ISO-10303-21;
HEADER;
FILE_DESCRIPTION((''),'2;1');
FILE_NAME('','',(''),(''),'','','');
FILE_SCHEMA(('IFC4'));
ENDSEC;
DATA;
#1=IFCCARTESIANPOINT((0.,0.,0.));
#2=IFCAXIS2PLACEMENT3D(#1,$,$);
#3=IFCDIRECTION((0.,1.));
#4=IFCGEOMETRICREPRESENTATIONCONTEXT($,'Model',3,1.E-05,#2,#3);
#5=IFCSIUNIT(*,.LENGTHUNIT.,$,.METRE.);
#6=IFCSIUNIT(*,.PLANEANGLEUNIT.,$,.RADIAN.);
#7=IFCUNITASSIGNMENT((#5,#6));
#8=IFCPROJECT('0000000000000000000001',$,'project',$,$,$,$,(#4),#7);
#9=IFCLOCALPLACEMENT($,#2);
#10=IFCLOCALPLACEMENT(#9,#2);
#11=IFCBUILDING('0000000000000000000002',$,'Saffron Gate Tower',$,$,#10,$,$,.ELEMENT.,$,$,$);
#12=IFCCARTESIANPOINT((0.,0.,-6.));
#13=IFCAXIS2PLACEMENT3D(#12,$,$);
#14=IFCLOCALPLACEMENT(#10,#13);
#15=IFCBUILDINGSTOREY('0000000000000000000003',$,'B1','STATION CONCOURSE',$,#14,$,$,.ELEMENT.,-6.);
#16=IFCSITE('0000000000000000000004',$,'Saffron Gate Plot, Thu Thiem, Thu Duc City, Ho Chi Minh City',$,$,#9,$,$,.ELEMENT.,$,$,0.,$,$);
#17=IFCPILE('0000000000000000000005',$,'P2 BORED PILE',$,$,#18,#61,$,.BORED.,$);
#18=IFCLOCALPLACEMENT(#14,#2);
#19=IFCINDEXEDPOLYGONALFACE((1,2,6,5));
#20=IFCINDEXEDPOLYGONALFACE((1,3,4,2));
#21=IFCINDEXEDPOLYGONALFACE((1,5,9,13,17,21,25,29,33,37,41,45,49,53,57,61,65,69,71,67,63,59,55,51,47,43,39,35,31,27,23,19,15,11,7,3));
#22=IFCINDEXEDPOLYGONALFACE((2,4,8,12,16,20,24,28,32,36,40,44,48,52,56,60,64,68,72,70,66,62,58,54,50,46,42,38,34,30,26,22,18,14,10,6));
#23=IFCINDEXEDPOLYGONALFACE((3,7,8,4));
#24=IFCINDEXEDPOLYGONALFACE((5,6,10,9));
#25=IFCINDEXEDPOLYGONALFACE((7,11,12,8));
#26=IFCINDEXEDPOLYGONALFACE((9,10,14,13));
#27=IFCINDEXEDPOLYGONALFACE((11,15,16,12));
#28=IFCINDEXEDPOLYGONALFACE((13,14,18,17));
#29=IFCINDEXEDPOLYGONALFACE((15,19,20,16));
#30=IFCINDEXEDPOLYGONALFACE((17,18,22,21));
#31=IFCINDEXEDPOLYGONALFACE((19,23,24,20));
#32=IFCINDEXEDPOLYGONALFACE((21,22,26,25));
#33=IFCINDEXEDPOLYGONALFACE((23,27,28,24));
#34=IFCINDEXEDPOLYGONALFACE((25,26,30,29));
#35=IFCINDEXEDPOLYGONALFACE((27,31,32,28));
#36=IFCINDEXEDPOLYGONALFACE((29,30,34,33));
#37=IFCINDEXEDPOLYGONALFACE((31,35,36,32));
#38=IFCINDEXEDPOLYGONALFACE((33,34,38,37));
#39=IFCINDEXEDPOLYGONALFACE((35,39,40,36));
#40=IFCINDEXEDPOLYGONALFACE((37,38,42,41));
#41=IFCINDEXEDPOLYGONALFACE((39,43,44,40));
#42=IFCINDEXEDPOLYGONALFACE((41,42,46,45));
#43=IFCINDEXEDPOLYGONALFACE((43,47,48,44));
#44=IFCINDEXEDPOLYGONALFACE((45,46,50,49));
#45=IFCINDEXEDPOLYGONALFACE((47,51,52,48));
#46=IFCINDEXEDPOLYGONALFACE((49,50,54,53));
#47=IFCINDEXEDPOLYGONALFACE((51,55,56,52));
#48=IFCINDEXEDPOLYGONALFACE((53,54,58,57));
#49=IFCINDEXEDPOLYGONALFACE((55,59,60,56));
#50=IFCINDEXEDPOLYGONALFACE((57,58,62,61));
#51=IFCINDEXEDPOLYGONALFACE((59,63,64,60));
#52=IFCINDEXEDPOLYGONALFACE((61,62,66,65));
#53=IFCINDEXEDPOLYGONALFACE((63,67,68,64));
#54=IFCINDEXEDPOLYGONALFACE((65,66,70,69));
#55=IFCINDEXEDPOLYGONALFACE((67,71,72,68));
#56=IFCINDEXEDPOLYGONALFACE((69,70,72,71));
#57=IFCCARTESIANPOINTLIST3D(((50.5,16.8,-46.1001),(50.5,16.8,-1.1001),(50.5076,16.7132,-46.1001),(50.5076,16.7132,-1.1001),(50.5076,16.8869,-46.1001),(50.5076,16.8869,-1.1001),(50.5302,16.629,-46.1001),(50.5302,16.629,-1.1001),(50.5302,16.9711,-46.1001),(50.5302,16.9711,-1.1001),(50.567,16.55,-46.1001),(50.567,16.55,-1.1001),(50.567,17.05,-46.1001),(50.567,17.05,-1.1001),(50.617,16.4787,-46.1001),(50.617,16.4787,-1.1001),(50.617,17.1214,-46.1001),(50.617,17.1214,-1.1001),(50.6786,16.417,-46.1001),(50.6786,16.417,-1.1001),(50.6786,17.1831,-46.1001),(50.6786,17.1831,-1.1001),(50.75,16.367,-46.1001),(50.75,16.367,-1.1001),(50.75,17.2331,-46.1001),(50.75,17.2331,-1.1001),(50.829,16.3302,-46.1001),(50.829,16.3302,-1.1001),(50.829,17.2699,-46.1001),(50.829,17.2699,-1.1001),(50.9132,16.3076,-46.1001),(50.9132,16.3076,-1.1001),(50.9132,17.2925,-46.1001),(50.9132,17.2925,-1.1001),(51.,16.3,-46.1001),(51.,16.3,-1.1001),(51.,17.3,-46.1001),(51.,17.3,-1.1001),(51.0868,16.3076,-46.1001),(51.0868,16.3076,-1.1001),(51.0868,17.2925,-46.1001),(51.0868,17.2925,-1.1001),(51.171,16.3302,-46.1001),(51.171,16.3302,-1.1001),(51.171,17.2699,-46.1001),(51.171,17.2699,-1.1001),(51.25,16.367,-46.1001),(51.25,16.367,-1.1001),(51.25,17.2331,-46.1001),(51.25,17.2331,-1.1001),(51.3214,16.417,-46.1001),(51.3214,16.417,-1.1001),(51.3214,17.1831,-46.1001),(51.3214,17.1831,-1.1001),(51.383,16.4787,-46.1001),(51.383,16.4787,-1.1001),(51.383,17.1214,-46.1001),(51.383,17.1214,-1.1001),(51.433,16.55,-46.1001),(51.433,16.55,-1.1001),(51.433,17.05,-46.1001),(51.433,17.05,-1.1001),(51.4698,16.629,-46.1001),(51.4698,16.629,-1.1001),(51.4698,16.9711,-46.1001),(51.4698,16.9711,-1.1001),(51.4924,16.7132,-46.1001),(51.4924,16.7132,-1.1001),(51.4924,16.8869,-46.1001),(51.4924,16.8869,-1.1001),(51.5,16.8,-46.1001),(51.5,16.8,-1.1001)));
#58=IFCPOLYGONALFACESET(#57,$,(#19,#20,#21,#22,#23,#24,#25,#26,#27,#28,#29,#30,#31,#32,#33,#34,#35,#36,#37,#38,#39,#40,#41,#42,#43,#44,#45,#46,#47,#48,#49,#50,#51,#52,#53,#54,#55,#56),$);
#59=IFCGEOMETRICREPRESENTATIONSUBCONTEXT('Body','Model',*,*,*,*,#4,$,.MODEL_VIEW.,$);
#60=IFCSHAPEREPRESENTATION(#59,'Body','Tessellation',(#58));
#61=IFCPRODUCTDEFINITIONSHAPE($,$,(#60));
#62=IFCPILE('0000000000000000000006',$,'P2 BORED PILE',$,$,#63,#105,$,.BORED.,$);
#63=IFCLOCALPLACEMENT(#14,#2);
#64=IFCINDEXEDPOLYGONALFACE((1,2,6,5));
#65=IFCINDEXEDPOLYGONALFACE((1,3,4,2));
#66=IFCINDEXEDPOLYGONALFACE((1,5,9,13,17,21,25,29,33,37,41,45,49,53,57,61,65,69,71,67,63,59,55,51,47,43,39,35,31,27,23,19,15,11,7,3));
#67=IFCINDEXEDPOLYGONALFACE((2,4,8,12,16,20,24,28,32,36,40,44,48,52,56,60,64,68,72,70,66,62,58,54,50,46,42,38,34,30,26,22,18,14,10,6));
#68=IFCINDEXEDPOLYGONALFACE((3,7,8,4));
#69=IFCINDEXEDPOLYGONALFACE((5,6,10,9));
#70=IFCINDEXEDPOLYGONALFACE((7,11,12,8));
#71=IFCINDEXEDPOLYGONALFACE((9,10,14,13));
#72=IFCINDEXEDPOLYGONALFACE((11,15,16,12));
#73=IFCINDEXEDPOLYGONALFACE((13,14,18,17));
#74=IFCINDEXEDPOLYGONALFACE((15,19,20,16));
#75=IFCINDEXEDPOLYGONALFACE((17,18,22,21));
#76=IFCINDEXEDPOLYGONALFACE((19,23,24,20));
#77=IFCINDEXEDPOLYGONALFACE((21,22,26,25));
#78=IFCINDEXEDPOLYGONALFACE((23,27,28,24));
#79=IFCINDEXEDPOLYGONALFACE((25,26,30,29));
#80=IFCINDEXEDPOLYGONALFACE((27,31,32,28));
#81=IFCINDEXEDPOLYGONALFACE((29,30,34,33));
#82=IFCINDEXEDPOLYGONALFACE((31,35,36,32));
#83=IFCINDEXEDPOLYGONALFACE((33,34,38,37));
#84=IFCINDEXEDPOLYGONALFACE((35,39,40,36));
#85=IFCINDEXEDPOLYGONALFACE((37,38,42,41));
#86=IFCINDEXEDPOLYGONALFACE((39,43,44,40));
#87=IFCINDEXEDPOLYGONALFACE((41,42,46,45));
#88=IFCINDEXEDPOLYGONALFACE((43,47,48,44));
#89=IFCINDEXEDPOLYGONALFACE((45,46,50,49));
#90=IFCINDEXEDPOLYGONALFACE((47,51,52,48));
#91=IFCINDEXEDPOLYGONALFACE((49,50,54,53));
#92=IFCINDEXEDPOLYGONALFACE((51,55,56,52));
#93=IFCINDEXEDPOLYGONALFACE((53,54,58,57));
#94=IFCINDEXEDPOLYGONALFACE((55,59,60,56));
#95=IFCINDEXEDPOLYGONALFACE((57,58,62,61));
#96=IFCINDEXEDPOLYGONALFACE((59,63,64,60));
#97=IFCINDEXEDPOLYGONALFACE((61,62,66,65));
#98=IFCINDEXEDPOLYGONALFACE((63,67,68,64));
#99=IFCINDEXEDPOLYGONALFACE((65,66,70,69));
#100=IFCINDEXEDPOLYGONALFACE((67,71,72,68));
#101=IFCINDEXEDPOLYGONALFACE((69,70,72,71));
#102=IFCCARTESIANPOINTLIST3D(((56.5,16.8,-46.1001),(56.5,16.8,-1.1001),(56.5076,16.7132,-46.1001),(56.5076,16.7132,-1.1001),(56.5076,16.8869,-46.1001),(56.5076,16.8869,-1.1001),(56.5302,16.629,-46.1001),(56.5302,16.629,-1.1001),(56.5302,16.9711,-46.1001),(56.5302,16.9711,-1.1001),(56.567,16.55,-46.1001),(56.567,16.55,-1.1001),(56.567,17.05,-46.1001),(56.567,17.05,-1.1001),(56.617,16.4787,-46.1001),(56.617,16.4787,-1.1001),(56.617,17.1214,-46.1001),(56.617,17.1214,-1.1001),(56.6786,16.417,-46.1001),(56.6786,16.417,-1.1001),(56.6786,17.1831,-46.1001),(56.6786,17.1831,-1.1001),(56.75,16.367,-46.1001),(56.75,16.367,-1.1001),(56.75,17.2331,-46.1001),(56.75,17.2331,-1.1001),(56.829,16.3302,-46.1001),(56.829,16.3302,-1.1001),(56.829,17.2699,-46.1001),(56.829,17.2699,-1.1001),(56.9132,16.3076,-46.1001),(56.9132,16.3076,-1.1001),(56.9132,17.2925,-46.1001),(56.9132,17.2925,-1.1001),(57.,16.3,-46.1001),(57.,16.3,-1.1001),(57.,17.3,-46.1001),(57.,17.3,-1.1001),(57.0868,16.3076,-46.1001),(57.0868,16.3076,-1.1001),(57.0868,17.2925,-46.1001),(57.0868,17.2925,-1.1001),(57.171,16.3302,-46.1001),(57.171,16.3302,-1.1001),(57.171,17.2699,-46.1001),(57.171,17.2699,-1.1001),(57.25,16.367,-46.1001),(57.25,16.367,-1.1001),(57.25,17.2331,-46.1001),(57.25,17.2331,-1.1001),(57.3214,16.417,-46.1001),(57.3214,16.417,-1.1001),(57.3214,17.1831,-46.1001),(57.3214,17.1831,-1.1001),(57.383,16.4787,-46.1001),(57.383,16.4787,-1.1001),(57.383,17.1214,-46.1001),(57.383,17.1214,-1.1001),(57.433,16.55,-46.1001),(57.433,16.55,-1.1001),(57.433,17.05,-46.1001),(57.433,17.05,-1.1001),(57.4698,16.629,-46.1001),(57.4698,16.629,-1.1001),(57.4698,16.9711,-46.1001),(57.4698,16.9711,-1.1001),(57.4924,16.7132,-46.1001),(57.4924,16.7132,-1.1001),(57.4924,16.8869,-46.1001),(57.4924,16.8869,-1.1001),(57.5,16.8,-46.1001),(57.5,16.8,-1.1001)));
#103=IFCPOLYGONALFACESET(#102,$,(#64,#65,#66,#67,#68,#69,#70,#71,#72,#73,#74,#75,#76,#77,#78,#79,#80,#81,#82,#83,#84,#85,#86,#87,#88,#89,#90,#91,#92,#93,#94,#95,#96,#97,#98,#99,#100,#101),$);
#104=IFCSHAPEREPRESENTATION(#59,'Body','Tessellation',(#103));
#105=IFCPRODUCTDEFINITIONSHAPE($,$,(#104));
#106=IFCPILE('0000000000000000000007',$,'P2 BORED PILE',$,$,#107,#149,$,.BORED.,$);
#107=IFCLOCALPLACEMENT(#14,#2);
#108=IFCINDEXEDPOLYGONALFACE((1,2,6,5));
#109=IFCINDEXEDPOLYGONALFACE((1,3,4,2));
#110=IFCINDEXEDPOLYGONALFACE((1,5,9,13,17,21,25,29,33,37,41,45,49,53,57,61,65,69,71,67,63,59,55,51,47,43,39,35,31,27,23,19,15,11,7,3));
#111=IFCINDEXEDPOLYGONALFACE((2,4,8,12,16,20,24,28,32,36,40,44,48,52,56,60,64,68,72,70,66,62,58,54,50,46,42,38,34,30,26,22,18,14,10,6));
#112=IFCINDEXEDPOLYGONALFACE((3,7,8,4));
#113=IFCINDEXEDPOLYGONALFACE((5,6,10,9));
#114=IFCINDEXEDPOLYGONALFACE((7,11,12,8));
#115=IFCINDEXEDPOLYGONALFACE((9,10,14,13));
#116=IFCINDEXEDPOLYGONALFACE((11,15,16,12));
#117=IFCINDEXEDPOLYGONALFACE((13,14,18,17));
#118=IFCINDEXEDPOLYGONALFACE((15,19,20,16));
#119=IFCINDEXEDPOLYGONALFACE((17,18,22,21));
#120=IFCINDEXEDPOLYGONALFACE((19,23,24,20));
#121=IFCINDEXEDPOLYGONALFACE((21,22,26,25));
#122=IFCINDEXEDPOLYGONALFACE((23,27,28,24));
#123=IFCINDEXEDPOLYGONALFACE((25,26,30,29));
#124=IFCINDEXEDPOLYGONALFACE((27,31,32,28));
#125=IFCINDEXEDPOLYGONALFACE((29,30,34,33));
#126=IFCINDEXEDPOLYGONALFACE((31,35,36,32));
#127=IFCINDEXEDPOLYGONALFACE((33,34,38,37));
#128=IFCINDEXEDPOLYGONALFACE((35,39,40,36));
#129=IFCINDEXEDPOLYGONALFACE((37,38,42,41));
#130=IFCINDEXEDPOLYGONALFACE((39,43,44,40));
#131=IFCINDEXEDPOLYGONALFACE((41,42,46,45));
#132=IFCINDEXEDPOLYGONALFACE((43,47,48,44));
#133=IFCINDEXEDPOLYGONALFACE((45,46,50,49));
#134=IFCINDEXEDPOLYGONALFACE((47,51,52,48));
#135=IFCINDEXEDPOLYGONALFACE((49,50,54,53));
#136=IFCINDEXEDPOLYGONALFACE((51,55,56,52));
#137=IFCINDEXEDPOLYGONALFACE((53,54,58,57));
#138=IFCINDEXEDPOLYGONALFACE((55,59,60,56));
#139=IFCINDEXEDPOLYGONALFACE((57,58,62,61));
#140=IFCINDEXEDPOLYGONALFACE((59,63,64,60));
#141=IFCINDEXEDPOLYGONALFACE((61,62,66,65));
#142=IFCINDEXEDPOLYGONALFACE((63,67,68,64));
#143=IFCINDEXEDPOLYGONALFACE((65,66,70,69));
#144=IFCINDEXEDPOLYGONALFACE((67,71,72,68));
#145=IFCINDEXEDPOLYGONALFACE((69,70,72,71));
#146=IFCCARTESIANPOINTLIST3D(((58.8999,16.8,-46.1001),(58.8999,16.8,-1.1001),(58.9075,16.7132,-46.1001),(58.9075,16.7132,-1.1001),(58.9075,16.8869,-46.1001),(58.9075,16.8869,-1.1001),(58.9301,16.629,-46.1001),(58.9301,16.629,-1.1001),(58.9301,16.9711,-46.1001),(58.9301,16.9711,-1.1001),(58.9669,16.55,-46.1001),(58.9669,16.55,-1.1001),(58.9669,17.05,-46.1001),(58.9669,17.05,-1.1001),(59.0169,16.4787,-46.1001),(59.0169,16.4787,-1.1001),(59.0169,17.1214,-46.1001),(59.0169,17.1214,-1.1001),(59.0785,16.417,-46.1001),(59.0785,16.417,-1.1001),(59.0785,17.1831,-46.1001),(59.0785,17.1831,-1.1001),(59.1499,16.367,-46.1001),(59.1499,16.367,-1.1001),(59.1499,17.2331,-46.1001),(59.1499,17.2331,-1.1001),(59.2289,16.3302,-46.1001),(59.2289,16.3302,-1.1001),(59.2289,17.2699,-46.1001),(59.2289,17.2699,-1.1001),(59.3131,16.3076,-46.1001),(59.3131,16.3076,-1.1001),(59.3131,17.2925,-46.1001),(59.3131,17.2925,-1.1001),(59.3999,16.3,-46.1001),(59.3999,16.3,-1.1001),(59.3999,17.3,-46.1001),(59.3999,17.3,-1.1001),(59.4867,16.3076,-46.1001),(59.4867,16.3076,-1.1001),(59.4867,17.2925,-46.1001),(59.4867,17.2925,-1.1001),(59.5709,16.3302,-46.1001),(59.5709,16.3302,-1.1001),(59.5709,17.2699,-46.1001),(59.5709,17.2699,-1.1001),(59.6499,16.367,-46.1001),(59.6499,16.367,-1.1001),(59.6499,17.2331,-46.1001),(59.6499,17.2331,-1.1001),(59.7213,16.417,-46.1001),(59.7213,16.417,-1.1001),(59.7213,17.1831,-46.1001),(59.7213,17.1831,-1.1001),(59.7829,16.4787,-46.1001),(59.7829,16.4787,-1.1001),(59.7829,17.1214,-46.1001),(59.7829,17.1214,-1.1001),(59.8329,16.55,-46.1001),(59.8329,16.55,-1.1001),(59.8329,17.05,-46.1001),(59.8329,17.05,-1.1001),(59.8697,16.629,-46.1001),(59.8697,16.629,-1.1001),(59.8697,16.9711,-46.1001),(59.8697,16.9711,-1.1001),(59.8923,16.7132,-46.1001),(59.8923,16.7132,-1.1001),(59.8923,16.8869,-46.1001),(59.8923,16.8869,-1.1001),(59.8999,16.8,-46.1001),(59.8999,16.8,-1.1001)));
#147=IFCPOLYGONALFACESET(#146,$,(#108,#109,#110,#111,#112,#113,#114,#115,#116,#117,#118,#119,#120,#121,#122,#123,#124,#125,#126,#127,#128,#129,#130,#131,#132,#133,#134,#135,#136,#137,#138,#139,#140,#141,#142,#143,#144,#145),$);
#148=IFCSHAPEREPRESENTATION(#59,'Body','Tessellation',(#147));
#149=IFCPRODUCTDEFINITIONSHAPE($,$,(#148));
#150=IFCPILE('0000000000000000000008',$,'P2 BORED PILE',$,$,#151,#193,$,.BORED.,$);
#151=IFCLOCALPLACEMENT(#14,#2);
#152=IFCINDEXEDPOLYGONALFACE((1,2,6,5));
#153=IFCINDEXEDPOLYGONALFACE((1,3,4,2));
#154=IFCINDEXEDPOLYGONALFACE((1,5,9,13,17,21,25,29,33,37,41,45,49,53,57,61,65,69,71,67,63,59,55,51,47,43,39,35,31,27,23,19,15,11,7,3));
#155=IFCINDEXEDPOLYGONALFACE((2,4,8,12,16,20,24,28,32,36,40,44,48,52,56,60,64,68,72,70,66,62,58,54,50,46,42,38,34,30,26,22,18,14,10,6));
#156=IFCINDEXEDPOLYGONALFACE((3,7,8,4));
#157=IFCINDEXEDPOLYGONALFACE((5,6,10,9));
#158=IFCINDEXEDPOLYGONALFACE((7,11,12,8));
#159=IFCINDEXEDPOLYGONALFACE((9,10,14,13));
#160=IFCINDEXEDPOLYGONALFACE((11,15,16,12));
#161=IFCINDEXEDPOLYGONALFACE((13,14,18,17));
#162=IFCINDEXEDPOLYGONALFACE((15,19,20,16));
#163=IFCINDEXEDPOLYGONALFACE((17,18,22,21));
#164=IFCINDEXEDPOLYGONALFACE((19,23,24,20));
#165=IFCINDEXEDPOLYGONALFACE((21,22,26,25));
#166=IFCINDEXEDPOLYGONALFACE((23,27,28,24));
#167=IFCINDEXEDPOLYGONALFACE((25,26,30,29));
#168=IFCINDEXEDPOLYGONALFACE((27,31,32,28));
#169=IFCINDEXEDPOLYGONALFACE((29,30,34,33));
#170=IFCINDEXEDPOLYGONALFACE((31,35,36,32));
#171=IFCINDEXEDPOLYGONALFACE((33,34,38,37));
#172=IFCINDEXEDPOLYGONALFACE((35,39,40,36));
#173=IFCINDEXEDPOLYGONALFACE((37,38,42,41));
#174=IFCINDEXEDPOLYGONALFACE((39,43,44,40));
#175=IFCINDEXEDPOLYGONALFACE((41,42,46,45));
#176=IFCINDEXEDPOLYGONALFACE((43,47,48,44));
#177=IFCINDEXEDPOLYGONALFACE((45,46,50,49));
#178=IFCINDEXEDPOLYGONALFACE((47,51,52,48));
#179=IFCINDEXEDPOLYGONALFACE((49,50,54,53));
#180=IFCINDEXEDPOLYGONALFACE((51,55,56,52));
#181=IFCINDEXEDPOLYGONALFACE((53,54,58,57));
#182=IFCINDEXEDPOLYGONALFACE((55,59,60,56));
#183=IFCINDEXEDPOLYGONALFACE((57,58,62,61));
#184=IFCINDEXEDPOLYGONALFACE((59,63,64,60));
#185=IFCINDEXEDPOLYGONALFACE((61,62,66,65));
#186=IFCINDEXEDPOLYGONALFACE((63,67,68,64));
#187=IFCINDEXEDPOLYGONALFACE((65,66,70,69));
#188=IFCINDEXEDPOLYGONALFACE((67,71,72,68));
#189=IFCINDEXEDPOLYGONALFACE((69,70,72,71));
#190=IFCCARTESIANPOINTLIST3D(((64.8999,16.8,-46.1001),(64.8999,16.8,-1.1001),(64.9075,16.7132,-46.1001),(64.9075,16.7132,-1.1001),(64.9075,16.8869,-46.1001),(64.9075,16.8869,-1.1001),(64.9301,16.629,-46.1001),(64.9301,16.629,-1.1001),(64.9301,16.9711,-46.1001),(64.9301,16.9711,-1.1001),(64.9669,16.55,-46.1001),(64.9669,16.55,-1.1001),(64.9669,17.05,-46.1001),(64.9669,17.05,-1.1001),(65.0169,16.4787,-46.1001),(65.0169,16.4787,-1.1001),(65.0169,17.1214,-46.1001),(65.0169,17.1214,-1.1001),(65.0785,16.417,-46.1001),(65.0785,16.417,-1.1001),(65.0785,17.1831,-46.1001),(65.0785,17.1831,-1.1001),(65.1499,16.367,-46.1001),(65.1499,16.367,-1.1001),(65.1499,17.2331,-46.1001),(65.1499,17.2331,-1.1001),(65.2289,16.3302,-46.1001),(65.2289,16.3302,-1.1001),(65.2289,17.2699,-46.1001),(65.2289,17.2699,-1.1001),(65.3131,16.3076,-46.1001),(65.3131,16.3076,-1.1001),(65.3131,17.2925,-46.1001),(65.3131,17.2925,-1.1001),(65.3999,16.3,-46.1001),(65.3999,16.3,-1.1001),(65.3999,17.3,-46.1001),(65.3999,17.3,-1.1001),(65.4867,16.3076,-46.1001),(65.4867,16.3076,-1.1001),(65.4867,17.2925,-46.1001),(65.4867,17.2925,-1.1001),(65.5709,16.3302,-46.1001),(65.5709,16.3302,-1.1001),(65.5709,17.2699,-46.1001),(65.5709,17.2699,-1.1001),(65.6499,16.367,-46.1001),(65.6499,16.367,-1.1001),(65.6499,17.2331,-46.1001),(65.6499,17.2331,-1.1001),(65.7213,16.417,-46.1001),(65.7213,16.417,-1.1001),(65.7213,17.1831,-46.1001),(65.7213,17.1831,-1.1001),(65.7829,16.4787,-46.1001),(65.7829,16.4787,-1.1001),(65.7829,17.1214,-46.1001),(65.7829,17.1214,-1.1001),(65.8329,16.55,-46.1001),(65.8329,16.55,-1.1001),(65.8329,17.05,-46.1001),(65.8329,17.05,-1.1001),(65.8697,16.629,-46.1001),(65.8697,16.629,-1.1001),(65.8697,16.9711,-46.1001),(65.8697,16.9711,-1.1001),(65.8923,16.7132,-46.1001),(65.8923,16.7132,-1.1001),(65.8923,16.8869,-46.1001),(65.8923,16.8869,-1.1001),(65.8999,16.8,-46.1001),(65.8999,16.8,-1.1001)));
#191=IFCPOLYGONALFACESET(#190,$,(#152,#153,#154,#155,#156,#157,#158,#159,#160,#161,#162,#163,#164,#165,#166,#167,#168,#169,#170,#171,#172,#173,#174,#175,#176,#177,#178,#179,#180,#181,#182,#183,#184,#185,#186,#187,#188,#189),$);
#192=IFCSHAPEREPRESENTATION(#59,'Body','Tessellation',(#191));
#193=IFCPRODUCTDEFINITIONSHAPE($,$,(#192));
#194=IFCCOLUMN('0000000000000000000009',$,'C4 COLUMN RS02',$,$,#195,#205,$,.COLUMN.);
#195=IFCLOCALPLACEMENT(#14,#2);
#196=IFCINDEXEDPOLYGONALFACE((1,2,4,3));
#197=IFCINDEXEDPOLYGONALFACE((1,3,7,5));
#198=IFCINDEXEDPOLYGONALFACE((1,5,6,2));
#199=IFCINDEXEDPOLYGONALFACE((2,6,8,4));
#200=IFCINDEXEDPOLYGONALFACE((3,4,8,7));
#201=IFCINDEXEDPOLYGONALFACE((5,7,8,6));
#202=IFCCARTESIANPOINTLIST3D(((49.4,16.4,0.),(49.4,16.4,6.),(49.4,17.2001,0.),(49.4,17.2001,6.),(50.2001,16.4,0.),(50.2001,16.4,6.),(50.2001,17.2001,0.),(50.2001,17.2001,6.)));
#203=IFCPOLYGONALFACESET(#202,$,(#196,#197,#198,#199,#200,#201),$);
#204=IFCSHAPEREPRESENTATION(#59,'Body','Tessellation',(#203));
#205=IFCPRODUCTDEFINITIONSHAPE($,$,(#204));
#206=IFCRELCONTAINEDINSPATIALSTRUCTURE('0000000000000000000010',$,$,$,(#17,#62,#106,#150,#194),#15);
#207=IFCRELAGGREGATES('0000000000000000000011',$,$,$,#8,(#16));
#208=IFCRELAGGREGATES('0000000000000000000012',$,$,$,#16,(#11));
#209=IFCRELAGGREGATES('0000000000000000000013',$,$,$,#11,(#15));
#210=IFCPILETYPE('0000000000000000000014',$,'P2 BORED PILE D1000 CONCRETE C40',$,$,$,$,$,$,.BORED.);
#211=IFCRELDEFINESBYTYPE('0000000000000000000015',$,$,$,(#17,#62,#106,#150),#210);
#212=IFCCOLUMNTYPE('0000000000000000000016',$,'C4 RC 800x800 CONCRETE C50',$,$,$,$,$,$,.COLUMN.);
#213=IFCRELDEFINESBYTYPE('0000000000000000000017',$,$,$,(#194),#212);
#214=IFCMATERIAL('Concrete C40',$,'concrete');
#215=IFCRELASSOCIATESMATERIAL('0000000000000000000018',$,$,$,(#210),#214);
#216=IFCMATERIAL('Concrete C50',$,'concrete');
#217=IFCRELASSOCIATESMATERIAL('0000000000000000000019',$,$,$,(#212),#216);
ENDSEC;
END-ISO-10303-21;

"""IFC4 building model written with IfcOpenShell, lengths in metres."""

from ifc_helpers import new_model, si_unit, direction, frame, origin, origin_2d, place, context, subcontext, project, spatial, rectangle, circle, extrude, material, material_profile, profile_set, type_object, element, save


model = new_model("IFC4")

# Units and contexts
model_context = context("Model", 3, precision=1e-05, world=origin(), true_north=direction((0.0, 1.0)))
body_context = subcontext(model_context, "Body", "Model", "MODEL_VIEW")
ifc_project = project(units=[si_unit("LENGTHUNIT", "METRE"), si_unit("PLANEANGLEUNIT", "RADIAN")], contexts=[model_context])

# Site, building, storey
site_placement = place(None, origin())
site = spatial("IfcSite", under=ifc_project, at=site_placement, Name="Saffron Gate Plot, Thu Thiem, Thu Duc City, Ho Chi Minh City", CompositionType="ELEMENT", RefElevation=0.0)
building_placement = place(site_placement, origin())
building = spatial("IfcBuilding", under=site, at=building_placement, Name="Saffron Gate Tower", CompositionType="ELEMENT")
storey_placement = place(building_placement, frame((0.0, 0.0, -6.0)))
storey = spatial("IfcBuildingStorey", under=building, at=storey_placement, Name="B1", Description="STATION CONCOURSE", CompositionType="ELEMENT", Elevation=-6.0)

# Piles
ifc_material_1 = material(Name="Concrete C40", Category="concrete")
ifc_material_profile_1 = material_profile(ifc_material_1, circle(Radius=0.5, at=origin_2d()))
ifc_profile_set_1 = profile_set([ifc_material_profile_1], Name="Concrete C40")
pile_type_1 = type_object("IfcPileType", Name="P2 BORED PILE D1000 CONCRETE C40", PredefinedType="BORED", material=ifc_profile_set_1)
for number, where, z_axis, x_axis, name in (
    (1, (51.0, 16.8, -1.1001), (0.0, 0.0, -1.0), (1.0, 0.0, 0.0), "P2 BORED PILE"),
    (2, (57.0, 16.8, -1.1001), (0.0, 0.0, -1.0), (1.0, 0.0, 0.0), "P2 BORED PILE"),
    (3, (59.3999, 16.8, -1.1001), (0.0, 0.0, -1.0), (1.0, 0.0, 0.0), "P2 BORED PILE"),
    (4, (65.3999, 16.8, -1.1001), (0.0, 0.0, -1.0), (1.0, 0.0, 0.0), "P2 BORED PILE"),
):
    element("IfcPile", number, at=place(storey_placement, frame(where, z_axis=z_axis, x_axis=x_axis)), inside=storey, type_object=pile_type_1, Name=name, PredefinedType="BORED", context=body_context, shape_type="SweptSolid", body=[
        extrude(circle(Radius=0.5, at=origin_2d()), origin(), (0.0, 0.0, 1.0), 45.0),
    ])

# Column
ifc_material_2 = material(Name="Concrete C50", Category="concrete")
ifc_material_profile_2 = material_profile(ifc_material_2, rectangle(XDim=0.8, YDim=0.8, at=origin_2d()))
ifc_profile_set_2 = profile_set([ifc_material_profile_2], Name="Concrete C50")
column_type_1 = type_object("IfcColumnType", Name="C4 RC 800x800 CONCRETE C50", PredefinedType="COLUMN", material=ifc_profile_set_2)
for number, where, z_axis, x_axis, name in (
    (5, (49.8, 16.8, 0.0), (0.0, 0.0, 1.0), (1.0, 0.0, 0.0), "C4 COLUMN RS02"),
):
    element("IfcColumn", number, at=place(storey_placement, frame(where, z_axis=z_axis, x_axis=x_axis)), inside=storey, type_object=column_type_1, Name=name, PredefinedType="COLUMN", context=body_context, shape_type="SweptSolid", body=[
        extrude(rectangle(XDim=0.8, YDim=0.8, at=origin_2d()), origin(), (0.0, 0.0, 1.0), 6.0),
    ])

save(model, "model.ifc")
